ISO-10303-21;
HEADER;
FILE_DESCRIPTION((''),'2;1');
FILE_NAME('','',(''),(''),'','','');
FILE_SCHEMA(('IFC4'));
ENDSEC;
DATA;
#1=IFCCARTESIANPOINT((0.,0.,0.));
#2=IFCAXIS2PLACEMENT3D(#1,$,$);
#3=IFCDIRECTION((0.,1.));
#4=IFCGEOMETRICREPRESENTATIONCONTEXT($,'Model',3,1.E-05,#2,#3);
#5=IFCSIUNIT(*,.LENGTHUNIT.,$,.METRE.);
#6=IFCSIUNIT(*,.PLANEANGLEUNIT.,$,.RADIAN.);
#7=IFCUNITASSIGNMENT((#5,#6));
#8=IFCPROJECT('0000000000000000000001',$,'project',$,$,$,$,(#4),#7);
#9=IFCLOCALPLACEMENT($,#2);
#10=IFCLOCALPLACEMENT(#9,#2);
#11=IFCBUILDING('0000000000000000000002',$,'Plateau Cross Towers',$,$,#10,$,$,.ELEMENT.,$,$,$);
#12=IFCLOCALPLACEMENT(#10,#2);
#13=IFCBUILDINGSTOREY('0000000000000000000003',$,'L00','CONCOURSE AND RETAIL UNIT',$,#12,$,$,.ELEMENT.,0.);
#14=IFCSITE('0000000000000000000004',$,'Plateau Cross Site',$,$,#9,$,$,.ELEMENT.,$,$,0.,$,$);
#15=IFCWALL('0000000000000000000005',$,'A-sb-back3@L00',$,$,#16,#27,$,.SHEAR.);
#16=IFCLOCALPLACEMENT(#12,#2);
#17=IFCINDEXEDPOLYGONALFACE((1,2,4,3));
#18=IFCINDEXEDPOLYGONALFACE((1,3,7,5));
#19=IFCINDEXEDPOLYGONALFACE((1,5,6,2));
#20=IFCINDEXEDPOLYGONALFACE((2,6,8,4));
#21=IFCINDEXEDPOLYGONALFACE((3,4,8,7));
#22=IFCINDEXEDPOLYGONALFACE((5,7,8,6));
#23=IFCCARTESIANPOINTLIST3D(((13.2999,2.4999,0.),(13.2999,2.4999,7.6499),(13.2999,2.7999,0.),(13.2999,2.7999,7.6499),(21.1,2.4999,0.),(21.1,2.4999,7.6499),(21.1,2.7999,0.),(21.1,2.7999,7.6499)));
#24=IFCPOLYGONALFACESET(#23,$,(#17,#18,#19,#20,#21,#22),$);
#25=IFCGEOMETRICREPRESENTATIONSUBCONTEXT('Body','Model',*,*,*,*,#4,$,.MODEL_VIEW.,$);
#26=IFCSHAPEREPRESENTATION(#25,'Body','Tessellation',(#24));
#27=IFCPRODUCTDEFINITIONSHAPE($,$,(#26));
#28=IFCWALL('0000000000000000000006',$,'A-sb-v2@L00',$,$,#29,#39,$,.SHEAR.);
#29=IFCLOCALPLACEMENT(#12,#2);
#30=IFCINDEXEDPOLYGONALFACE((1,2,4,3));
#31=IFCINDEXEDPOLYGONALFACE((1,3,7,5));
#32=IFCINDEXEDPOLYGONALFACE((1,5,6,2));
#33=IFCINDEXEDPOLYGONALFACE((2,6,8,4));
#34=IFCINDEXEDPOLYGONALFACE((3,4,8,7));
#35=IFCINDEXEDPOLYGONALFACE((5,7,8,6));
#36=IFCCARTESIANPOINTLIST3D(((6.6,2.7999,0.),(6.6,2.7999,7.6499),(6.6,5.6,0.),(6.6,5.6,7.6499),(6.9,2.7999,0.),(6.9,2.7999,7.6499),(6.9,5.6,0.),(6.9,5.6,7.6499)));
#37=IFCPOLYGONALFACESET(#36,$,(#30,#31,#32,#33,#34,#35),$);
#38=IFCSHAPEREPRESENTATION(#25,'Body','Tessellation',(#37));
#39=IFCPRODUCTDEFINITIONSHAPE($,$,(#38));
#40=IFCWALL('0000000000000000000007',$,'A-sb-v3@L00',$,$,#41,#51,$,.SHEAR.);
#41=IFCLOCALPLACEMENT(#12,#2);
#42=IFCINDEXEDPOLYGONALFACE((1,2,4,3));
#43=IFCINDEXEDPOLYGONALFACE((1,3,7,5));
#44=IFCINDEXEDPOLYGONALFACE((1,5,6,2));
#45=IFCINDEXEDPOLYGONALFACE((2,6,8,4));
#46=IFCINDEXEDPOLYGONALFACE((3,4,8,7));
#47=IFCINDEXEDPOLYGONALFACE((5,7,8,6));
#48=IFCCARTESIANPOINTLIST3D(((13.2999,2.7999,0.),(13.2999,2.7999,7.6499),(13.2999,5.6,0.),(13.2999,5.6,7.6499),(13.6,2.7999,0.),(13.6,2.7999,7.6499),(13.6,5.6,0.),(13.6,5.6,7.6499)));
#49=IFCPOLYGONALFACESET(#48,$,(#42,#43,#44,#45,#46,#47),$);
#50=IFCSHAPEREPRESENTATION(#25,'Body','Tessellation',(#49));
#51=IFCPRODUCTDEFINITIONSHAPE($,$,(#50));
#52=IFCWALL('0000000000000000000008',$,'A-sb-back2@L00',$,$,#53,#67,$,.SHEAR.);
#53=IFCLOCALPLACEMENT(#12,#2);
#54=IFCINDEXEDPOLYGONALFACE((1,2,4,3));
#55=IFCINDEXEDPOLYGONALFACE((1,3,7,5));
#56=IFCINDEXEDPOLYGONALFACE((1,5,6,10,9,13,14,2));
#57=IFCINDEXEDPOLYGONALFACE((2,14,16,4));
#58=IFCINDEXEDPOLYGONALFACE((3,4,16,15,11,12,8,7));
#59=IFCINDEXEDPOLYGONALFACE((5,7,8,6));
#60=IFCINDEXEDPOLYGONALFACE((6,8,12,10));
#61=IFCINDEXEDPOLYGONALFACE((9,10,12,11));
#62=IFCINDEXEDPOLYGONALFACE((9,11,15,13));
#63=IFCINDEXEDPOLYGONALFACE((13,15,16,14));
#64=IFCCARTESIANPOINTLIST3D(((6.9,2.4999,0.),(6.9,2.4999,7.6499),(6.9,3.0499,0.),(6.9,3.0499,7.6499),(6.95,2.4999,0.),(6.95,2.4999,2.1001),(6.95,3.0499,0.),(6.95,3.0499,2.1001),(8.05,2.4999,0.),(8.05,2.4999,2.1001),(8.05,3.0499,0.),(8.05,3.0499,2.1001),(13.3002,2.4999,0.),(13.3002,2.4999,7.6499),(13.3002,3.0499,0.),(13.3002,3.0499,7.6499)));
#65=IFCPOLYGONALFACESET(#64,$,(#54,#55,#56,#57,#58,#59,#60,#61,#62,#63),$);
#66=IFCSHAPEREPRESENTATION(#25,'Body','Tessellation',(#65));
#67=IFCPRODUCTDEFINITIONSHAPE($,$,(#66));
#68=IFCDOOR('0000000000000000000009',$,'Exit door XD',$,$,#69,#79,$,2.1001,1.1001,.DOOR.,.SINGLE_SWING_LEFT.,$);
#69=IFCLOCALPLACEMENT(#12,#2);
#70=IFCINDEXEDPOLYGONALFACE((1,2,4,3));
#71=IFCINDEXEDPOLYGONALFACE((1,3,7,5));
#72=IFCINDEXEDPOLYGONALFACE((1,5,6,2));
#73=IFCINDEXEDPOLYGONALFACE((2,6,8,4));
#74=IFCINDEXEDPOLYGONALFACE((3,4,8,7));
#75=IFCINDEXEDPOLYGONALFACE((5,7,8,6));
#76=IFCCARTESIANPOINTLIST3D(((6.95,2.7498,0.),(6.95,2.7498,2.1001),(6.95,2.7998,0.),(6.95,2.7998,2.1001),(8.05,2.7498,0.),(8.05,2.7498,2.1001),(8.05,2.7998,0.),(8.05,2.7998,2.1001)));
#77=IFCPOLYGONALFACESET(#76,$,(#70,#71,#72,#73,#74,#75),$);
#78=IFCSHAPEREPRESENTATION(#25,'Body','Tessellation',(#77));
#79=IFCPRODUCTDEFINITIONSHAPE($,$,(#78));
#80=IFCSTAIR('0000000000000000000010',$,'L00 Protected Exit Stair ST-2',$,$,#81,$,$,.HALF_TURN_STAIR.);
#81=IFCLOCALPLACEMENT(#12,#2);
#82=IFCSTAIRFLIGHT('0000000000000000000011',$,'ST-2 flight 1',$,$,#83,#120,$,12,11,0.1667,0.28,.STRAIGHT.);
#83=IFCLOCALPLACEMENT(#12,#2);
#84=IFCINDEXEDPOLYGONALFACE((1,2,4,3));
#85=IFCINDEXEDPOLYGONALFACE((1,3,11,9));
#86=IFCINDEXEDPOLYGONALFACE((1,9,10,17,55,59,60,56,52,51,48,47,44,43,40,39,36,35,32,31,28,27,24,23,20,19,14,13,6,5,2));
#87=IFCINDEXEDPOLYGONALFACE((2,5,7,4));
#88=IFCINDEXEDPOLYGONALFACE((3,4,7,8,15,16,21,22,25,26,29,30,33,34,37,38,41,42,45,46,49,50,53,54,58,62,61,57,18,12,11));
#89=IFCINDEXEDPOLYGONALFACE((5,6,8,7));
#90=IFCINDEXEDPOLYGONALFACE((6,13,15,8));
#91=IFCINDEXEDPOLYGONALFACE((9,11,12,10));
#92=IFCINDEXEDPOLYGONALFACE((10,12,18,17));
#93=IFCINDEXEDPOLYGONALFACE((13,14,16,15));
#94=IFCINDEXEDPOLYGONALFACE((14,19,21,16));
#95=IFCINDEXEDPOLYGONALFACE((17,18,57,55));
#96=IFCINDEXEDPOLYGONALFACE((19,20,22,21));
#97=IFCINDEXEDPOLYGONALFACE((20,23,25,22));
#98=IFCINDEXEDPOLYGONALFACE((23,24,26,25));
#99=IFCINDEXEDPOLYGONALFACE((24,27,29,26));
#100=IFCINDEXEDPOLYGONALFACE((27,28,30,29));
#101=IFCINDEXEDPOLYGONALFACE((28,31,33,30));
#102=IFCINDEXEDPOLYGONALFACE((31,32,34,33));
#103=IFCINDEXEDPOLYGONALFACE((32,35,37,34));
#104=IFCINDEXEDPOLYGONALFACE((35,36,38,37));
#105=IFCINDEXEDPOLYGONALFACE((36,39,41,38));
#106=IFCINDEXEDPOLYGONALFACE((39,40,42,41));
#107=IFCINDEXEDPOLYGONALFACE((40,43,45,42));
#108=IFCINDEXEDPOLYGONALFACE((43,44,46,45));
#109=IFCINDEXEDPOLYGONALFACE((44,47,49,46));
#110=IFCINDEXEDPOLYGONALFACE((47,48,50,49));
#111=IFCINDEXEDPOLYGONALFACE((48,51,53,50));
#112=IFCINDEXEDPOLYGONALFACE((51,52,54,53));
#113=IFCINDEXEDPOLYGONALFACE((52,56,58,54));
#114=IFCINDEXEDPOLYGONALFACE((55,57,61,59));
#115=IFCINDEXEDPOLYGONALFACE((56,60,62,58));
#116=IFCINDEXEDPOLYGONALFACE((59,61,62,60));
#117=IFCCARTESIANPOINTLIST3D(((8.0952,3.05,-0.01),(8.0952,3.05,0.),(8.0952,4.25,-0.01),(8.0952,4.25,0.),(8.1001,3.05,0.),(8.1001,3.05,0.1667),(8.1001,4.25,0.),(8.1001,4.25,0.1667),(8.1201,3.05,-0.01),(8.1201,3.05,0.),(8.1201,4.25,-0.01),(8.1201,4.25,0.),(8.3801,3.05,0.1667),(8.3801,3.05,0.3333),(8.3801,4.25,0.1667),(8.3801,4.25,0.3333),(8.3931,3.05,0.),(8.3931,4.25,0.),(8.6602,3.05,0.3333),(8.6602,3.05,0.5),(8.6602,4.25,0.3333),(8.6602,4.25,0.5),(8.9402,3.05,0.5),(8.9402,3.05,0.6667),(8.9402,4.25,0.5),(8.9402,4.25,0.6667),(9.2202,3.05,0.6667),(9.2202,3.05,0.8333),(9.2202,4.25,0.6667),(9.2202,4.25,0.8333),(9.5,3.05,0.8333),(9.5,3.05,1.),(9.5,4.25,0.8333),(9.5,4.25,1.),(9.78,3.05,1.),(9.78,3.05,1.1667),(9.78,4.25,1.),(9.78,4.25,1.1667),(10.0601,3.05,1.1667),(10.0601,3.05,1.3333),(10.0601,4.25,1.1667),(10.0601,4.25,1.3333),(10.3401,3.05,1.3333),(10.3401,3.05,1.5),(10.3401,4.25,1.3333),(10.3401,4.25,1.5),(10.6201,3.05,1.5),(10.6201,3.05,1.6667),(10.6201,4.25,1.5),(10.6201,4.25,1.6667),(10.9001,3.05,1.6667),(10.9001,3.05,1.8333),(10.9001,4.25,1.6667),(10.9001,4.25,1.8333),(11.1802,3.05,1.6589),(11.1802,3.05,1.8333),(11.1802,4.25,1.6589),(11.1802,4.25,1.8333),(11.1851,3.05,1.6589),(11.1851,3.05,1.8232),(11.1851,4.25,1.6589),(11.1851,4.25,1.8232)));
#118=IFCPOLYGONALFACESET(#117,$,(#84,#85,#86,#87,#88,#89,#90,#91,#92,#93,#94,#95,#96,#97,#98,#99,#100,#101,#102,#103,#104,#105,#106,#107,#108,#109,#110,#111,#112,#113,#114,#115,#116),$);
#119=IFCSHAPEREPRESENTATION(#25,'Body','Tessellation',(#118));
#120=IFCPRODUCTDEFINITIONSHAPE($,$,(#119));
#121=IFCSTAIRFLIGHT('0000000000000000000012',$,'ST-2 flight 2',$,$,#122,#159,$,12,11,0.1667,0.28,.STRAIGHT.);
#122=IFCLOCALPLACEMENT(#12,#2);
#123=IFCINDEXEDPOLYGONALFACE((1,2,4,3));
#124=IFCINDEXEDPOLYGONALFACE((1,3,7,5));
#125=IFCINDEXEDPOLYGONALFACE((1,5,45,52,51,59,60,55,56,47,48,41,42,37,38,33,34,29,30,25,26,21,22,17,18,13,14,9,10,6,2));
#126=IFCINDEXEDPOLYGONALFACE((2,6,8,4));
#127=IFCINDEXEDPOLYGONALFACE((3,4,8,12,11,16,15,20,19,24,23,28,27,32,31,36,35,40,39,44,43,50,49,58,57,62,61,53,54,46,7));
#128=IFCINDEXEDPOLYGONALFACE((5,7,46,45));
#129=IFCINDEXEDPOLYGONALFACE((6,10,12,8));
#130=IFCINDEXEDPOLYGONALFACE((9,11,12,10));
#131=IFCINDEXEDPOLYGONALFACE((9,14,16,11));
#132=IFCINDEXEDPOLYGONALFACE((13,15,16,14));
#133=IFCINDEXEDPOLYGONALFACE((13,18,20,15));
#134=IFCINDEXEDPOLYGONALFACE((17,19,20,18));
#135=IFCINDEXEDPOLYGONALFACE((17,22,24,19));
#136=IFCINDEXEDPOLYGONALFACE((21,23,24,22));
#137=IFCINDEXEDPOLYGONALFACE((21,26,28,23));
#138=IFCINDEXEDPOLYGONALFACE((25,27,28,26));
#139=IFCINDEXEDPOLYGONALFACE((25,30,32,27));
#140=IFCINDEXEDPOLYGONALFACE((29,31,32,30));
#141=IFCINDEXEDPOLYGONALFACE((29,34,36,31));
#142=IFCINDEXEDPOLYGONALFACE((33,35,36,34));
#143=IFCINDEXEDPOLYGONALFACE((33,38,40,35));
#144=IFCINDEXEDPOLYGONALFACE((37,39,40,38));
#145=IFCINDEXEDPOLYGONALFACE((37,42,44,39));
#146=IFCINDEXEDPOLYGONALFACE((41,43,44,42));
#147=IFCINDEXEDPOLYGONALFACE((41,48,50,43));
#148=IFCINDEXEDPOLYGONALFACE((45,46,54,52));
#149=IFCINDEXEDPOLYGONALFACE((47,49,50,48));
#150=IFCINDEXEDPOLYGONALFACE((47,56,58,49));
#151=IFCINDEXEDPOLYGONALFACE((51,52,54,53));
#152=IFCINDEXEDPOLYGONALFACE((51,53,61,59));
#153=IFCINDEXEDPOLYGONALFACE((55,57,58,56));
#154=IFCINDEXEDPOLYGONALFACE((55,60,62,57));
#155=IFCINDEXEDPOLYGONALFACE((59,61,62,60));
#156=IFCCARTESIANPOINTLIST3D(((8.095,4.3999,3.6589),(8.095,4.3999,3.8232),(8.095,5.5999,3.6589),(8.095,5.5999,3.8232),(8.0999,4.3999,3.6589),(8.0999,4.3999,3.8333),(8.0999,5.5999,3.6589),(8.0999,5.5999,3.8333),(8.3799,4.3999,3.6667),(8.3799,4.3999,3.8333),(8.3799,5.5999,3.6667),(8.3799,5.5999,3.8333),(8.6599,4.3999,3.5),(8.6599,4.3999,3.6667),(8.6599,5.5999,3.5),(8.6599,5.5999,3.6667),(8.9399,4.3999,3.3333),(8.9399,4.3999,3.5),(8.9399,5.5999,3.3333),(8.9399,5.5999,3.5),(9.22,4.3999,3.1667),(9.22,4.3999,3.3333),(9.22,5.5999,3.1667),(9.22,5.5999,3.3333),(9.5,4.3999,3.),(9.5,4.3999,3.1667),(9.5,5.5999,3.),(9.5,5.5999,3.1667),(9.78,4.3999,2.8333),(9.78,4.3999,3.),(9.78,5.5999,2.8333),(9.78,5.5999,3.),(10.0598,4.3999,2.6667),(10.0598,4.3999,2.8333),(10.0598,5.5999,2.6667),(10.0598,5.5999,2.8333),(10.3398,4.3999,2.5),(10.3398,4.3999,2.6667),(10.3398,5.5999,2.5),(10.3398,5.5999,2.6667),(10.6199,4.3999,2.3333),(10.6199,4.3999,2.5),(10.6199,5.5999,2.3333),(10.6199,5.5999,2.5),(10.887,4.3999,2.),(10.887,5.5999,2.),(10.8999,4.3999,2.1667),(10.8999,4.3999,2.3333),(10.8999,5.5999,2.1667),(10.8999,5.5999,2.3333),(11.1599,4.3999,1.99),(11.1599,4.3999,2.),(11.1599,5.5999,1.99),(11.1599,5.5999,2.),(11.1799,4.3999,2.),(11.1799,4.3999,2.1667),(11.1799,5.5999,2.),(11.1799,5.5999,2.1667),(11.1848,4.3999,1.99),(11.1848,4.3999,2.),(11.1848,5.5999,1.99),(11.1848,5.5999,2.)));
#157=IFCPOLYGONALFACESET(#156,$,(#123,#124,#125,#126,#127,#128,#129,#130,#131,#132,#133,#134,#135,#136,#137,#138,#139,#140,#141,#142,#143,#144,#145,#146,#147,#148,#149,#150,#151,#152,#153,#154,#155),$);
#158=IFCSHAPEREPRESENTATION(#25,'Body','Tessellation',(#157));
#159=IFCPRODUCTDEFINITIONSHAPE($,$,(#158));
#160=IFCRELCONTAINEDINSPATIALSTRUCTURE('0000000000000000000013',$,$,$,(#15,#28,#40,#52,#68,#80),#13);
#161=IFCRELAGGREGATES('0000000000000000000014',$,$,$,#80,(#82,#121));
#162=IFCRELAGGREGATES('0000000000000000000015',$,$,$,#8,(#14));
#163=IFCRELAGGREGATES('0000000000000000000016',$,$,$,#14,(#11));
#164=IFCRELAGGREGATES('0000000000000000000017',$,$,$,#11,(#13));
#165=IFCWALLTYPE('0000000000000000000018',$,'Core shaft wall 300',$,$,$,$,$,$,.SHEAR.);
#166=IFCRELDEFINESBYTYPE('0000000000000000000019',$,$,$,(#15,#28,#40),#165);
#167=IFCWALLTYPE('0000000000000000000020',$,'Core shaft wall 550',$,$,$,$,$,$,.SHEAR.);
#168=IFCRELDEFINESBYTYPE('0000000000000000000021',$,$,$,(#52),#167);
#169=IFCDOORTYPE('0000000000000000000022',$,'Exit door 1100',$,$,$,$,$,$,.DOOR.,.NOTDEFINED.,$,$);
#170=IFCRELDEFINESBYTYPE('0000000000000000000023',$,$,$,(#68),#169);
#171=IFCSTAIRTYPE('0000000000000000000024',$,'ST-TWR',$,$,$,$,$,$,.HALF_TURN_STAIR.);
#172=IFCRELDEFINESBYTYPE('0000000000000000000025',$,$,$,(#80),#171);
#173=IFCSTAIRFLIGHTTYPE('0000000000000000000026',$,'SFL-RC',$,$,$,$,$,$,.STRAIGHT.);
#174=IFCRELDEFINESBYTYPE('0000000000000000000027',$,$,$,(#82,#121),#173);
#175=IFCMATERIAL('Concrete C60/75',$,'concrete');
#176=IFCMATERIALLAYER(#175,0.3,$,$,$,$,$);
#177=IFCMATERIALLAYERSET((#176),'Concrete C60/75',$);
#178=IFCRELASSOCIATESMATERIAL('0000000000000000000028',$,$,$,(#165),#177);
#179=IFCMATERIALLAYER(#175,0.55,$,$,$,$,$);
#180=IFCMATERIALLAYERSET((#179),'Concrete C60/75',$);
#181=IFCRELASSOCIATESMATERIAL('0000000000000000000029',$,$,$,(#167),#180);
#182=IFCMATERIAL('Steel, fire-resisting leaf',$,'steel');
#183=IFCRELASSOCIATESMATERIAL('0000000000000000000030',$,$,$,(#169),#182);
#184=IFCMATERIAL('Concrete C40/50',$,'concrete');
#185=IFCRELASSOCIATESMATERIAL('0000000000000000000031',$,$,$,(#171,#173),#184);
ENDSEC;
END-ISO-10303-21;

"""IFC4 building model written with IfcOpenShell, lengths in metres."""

from ifc_helpers import new_model, si_unit, direction, frame, frame_2d, origin, place, context, subcontext, project, spatial, polyline, rectangle, outline, extrude, material, layer, layer_set, type_object, element, fill, aggregate, save


model = new_model("IFC4")

# Units and contexts
model_context = context("Model", 3, precision=1e-05, world=origin(), true_north=direction((0.0, 1.0)))
body_context = subcontext(model_context, "Body", "Model", "MODEL_VIEW")
ifc_project = project(units=[si_unit("LENGTHUNIT", "METRE"), si_unit("PLANEANGLEUNIT", "RADIAN")], contexts=[model_context])

# Site, building, storey
site_placement = place(None, origin())
site = spatial("IfcSite", under=ifc_project, at=site_placement, Name="Plateau Cross Site", CompositionType="ELEMENT", RefElevation=0.0)
building_placement = place(site_placement, origin())
building = spatial("IfcBuilding", under=site, at=building_placement, Name="Plateau Cross Towers", CompositionType="ELEMENT")
storey_placement = place(building_placement, origin())
storey = spatial("IfcBuildingStorey", under=building, at=storey_placement, Name="L00", Description="CONCOURSE AND RETAIL UNIT", CompositionType="ELEMENT", Elevation=0.0)

# Walls
ifc_material_1 = material(Name="Concrete C60/75", Category="concrete")
ifc_layer_1 = layer(ifc_material_1, 0.3)
ifc_layer_set_1 = layer_set([ifc_layer_1], Name="Concrete C60/75")
wall_type_1 = type_object("IfcWallType", Name="Core shaft wall 300", PredefinedType="SHEAR", material=ifc_layer_set_1)
wall_1_placement = place(storey_placement, frame((13.3, 2.6499, 0.0), z_axis=(0.0, 0.0, 1.0), x_axis=(1.0, 0.0, 0.0)))
element("IfcWall", 1, at=wall_1_placement, inside=storey, type_object=wall_type_1, Name="A-sb-back3@L00", PredefinedType="SHEAR", context=body_context, shape_type="SweptSolid", body=[
    extrude(rectangle(XDim=7.8, YDim=0.3, at=frame_2d((3.8999, 0.0))), origin(), (0.0, 0.0, 1.0), 7.6499),
])
for number, where, z_axis, x_axis, name in (
    (2, (6.75, 2.8, 0.0), (0.0, 0.0, 1.0), (0.0, 1.0, 0.0), "A-sb-v2@L00"),
    (3, (13.45, 2.8, 0.0), (0.0, 0.0, 1.0), (0.0, 1.0, 0.0), "A-sb-v3@L00"),
):
    element("IfcWall", number, at=place(storey_placement, frame(where, z_axis=z_axis, x_axis=x_axis)), inside=storey, type_object=wall_type_1, Name=name, PredefinedType="SHEAR", context=body_context, shape_type="SweptSolid", body=[
        extrude(rectangle(XDim=2.8, YDim=0.3, at=frame_2d((1.3999, 0.0))), origin(), (0.0, 0.0, 1.0), 7.6499),
    ])

# Wall, opening, door
ifc_layer_2 = layer(ifc_material_1, 0.55)
ifc_layer_set_2 = layer_set([ifc_layer_2], Name="Concrete C60/75")
wall_type_2 = type_object("IfcWallType", Name="Core shaft wall 550", PredefinedType="SHEAR", material=ifc_layer_set_2)
wall_2_placement = place(storey_placement, frame((6.8999, 2.7749, 0.0), z_axis=(0.0, 0.0, 1.0), x_axis=(1.0, 0.0, 0.0)))
wall_2 = element("IfcWall", 4, at=wall_2_placement, inside=storey, type_object=wall_type_2, Name="A-sb-back2@L00", PredefinedType="SHEAR", context=body_context, shape_type="SweptSolid", body=[
    extrude(rectangle(XDim=6.4001, YDim=0.55, at=frame_2d((3.2002, 0.0))), origin(), (0.0, 0.0, 1.0), 7.6499),
])
opening_placement = place(wall_2_placement, frame((0.05, 0.0, 0.0)))
opening = element("IfcOpeningElement", 5, at=opening_placement, cuts=wall_2, PredefinedType="OPENING", context=body_context, shape_type="SweptSolid", body=[
    extrude(rectangle(XDim=1.1001, YDim=2.1001, at=frame_2d((0.55, 1.05))), frame((0.0, 0.2849, 0.0), z_axis=(0.0, -1.0, 0.0), x_axis=(1.0, 0.0, 0.0)), (0.0, 0.0, 1.0), 0.5701),
])
ifc_material_2 = material(Name="Steel, fire-resisting leaf", Category="steel")
door_type = type_object("IfcDoorType", Name="Exit door 1100", OperationType="NOTDEFINED", PredefinedType="DOOR", material=ifc_material_2)
door_placement = place(opening_placement, origin())
door = element("IfcDoor", 6, at=door_placement, inside=storey, type_object=door_type, Name="Exit door XD", OperationType="SINGLE_SWING_LEFT", OverallHeight=2.1001, OverallWidth=1.1001, PredefinedType="DOOR", context=body_context, shape_type="SweptSolid", body=[
    extrude(rectangle(XDim=1.1001, YDim=2.1001, at=frame_2d((0.55, 1.05))), frame((0.0, 0.0249, 0.0), z_axis=(0.0, -1.0, 0.0), x_axis=(1.0, 0.0, 0.0)), (0.0, 0.0, 1.0), 0.05),
])
fill(opening, door)

# Stair, stair flights
ifc_material_3 = material(Name="Concrete C40/50", Category="concrete")
stair_type = type_object("IfcStairType", Name="ST-TWR", PredefinedType="HALF_TURN_STAIR", material=ifc_material_3)
stair_placement = place(storey_placement, origin())
stair = element("IfcStair", 7, at=stair_placement, inside=storey, type_object=stair_type, Name="L00 Protected Exit Stair ST-2", PredefinedType="HALF_TURN_STAIR")
stair_flight_type = type_object("IfcStairFlightType", Name="SFL-RC", PredefinedType="STRAIGHT", material=ifc_material_3)
stair_flight_1_placement = place(storey_placement, frame((8.1001, 3.6499, 0.0), z_axis=(0.0, 0.0, 1.0), x_axis=(1.0, 0.0, 0.0)))
stair_flight_1 = element("IfcStairFlight", 8, at=stair_flight_1_placement, type_object=stair_flight_type, Name="ST-2 flight 1", NumberOfRisers=12, NumberOfTreads=11, PredefinedType="STRAIGHT", RiserHeight=0.1667, TreadLength=0.28, context=body_context, shape_type="SweptSolid", body=[
    extrude(outline(polyline([(-0.0049, -0.01), (-0.0049, 0.0), (0.0, 0.0), (0.0, 0.1667), (0.28, 0.1667), (0.28, 0.3333), (0.5601, 0.3333), (0.5601, 0.5), (0.8401, 0.5), (0.8401, 0.6667), (1.1201, 0.6667), (1.1201, 0.8333), (1.3999, 0.8333), (1.3999, 1.0), (1.6799, 1.0), (1.6799, 1.1667), (1.96, 1.1667), (1.96, 1.3333), (2.24, 1.3333), (2.24, 1.5), (2.52, 1.5), (2.52, 1.6667), (2.8, 1.6667), (2.8, 1.8333), (3.0801, 1.8333), (3.085, 1.8232), (3.085, 1.6589), (3.0801, 1.6589), (0.293, 0.0), (0.02, 0.0), (0.02, -0.01), (-0.0049, -0.01)])), frame((0.0, 0.6001, 0.0), z_axis=(0.0, -1.0, 0.0), x_axis=(1.0, 0.0, 0.0)), (0.0, 0.0, 1.0), 1.2),
])
stair_flight_2_placement = place(storey_placement, frame((11.1799, 5.0, 2.0), z_axis=(0.0, 0.0, 1.0), x_axis=(-1.0, 0.0, 0.0)))
stair_flight_2 = element("IfcStairFlight", 9, at=stair_flight_2_placement, type_object=stair_flight_type, Name="ST-2 flight 2", NumberOfRisers=12, NumberOfTreads=11, PredefinedType="STRAIGHT", RiserHeight=0.1667, TreadLength=0.28, context=body_context, shape_type="SweptSolid", body=[
    extrude(outline(polyline([(-0.0049, -0.01), (-0.0049, 0.0), (0.0, 0.0), (0.0, 0.1667), (0.28, 0.1667), (0.28, 0.3333), (0.5601, 0.3333), (0.5601, 0.5), (0.8401, 0.5), (0.8401, 0.6667), (1.1201, 0.6667), (1.1201, 0.8333), (1.3999, 0.8333), (1.3999, 1.0), (1.6799, 1.0), (1.6799, 1.1667), (1.96, 1.1667), (1.96, 1.3333), (2.24, 1.3333), (2.24, 1.5), (2.52, 1.5), (2.52, 1.6667), (2.8, 1.6667), (2.8, 1.8333), (3.0801, 1.8333), (3.085, 1.8232), (3.085, 1.6589), (3.0801, 1.6589), (0.293, 0.0), (0.02, 0.0), (0.02, -0.01), (-0.0049, -0.01)])), frame((0.0, 0.6001, 0.0), z_axis=(0.0, -1.0, 0.0), x_axis=(1.0, 0.0, 0.0)), (0.0, 0.0, 1.0), 1.2),
])
aggregate(stair, [stair_flight_1, stair_flight_2])

save(model, "model.ifc")
